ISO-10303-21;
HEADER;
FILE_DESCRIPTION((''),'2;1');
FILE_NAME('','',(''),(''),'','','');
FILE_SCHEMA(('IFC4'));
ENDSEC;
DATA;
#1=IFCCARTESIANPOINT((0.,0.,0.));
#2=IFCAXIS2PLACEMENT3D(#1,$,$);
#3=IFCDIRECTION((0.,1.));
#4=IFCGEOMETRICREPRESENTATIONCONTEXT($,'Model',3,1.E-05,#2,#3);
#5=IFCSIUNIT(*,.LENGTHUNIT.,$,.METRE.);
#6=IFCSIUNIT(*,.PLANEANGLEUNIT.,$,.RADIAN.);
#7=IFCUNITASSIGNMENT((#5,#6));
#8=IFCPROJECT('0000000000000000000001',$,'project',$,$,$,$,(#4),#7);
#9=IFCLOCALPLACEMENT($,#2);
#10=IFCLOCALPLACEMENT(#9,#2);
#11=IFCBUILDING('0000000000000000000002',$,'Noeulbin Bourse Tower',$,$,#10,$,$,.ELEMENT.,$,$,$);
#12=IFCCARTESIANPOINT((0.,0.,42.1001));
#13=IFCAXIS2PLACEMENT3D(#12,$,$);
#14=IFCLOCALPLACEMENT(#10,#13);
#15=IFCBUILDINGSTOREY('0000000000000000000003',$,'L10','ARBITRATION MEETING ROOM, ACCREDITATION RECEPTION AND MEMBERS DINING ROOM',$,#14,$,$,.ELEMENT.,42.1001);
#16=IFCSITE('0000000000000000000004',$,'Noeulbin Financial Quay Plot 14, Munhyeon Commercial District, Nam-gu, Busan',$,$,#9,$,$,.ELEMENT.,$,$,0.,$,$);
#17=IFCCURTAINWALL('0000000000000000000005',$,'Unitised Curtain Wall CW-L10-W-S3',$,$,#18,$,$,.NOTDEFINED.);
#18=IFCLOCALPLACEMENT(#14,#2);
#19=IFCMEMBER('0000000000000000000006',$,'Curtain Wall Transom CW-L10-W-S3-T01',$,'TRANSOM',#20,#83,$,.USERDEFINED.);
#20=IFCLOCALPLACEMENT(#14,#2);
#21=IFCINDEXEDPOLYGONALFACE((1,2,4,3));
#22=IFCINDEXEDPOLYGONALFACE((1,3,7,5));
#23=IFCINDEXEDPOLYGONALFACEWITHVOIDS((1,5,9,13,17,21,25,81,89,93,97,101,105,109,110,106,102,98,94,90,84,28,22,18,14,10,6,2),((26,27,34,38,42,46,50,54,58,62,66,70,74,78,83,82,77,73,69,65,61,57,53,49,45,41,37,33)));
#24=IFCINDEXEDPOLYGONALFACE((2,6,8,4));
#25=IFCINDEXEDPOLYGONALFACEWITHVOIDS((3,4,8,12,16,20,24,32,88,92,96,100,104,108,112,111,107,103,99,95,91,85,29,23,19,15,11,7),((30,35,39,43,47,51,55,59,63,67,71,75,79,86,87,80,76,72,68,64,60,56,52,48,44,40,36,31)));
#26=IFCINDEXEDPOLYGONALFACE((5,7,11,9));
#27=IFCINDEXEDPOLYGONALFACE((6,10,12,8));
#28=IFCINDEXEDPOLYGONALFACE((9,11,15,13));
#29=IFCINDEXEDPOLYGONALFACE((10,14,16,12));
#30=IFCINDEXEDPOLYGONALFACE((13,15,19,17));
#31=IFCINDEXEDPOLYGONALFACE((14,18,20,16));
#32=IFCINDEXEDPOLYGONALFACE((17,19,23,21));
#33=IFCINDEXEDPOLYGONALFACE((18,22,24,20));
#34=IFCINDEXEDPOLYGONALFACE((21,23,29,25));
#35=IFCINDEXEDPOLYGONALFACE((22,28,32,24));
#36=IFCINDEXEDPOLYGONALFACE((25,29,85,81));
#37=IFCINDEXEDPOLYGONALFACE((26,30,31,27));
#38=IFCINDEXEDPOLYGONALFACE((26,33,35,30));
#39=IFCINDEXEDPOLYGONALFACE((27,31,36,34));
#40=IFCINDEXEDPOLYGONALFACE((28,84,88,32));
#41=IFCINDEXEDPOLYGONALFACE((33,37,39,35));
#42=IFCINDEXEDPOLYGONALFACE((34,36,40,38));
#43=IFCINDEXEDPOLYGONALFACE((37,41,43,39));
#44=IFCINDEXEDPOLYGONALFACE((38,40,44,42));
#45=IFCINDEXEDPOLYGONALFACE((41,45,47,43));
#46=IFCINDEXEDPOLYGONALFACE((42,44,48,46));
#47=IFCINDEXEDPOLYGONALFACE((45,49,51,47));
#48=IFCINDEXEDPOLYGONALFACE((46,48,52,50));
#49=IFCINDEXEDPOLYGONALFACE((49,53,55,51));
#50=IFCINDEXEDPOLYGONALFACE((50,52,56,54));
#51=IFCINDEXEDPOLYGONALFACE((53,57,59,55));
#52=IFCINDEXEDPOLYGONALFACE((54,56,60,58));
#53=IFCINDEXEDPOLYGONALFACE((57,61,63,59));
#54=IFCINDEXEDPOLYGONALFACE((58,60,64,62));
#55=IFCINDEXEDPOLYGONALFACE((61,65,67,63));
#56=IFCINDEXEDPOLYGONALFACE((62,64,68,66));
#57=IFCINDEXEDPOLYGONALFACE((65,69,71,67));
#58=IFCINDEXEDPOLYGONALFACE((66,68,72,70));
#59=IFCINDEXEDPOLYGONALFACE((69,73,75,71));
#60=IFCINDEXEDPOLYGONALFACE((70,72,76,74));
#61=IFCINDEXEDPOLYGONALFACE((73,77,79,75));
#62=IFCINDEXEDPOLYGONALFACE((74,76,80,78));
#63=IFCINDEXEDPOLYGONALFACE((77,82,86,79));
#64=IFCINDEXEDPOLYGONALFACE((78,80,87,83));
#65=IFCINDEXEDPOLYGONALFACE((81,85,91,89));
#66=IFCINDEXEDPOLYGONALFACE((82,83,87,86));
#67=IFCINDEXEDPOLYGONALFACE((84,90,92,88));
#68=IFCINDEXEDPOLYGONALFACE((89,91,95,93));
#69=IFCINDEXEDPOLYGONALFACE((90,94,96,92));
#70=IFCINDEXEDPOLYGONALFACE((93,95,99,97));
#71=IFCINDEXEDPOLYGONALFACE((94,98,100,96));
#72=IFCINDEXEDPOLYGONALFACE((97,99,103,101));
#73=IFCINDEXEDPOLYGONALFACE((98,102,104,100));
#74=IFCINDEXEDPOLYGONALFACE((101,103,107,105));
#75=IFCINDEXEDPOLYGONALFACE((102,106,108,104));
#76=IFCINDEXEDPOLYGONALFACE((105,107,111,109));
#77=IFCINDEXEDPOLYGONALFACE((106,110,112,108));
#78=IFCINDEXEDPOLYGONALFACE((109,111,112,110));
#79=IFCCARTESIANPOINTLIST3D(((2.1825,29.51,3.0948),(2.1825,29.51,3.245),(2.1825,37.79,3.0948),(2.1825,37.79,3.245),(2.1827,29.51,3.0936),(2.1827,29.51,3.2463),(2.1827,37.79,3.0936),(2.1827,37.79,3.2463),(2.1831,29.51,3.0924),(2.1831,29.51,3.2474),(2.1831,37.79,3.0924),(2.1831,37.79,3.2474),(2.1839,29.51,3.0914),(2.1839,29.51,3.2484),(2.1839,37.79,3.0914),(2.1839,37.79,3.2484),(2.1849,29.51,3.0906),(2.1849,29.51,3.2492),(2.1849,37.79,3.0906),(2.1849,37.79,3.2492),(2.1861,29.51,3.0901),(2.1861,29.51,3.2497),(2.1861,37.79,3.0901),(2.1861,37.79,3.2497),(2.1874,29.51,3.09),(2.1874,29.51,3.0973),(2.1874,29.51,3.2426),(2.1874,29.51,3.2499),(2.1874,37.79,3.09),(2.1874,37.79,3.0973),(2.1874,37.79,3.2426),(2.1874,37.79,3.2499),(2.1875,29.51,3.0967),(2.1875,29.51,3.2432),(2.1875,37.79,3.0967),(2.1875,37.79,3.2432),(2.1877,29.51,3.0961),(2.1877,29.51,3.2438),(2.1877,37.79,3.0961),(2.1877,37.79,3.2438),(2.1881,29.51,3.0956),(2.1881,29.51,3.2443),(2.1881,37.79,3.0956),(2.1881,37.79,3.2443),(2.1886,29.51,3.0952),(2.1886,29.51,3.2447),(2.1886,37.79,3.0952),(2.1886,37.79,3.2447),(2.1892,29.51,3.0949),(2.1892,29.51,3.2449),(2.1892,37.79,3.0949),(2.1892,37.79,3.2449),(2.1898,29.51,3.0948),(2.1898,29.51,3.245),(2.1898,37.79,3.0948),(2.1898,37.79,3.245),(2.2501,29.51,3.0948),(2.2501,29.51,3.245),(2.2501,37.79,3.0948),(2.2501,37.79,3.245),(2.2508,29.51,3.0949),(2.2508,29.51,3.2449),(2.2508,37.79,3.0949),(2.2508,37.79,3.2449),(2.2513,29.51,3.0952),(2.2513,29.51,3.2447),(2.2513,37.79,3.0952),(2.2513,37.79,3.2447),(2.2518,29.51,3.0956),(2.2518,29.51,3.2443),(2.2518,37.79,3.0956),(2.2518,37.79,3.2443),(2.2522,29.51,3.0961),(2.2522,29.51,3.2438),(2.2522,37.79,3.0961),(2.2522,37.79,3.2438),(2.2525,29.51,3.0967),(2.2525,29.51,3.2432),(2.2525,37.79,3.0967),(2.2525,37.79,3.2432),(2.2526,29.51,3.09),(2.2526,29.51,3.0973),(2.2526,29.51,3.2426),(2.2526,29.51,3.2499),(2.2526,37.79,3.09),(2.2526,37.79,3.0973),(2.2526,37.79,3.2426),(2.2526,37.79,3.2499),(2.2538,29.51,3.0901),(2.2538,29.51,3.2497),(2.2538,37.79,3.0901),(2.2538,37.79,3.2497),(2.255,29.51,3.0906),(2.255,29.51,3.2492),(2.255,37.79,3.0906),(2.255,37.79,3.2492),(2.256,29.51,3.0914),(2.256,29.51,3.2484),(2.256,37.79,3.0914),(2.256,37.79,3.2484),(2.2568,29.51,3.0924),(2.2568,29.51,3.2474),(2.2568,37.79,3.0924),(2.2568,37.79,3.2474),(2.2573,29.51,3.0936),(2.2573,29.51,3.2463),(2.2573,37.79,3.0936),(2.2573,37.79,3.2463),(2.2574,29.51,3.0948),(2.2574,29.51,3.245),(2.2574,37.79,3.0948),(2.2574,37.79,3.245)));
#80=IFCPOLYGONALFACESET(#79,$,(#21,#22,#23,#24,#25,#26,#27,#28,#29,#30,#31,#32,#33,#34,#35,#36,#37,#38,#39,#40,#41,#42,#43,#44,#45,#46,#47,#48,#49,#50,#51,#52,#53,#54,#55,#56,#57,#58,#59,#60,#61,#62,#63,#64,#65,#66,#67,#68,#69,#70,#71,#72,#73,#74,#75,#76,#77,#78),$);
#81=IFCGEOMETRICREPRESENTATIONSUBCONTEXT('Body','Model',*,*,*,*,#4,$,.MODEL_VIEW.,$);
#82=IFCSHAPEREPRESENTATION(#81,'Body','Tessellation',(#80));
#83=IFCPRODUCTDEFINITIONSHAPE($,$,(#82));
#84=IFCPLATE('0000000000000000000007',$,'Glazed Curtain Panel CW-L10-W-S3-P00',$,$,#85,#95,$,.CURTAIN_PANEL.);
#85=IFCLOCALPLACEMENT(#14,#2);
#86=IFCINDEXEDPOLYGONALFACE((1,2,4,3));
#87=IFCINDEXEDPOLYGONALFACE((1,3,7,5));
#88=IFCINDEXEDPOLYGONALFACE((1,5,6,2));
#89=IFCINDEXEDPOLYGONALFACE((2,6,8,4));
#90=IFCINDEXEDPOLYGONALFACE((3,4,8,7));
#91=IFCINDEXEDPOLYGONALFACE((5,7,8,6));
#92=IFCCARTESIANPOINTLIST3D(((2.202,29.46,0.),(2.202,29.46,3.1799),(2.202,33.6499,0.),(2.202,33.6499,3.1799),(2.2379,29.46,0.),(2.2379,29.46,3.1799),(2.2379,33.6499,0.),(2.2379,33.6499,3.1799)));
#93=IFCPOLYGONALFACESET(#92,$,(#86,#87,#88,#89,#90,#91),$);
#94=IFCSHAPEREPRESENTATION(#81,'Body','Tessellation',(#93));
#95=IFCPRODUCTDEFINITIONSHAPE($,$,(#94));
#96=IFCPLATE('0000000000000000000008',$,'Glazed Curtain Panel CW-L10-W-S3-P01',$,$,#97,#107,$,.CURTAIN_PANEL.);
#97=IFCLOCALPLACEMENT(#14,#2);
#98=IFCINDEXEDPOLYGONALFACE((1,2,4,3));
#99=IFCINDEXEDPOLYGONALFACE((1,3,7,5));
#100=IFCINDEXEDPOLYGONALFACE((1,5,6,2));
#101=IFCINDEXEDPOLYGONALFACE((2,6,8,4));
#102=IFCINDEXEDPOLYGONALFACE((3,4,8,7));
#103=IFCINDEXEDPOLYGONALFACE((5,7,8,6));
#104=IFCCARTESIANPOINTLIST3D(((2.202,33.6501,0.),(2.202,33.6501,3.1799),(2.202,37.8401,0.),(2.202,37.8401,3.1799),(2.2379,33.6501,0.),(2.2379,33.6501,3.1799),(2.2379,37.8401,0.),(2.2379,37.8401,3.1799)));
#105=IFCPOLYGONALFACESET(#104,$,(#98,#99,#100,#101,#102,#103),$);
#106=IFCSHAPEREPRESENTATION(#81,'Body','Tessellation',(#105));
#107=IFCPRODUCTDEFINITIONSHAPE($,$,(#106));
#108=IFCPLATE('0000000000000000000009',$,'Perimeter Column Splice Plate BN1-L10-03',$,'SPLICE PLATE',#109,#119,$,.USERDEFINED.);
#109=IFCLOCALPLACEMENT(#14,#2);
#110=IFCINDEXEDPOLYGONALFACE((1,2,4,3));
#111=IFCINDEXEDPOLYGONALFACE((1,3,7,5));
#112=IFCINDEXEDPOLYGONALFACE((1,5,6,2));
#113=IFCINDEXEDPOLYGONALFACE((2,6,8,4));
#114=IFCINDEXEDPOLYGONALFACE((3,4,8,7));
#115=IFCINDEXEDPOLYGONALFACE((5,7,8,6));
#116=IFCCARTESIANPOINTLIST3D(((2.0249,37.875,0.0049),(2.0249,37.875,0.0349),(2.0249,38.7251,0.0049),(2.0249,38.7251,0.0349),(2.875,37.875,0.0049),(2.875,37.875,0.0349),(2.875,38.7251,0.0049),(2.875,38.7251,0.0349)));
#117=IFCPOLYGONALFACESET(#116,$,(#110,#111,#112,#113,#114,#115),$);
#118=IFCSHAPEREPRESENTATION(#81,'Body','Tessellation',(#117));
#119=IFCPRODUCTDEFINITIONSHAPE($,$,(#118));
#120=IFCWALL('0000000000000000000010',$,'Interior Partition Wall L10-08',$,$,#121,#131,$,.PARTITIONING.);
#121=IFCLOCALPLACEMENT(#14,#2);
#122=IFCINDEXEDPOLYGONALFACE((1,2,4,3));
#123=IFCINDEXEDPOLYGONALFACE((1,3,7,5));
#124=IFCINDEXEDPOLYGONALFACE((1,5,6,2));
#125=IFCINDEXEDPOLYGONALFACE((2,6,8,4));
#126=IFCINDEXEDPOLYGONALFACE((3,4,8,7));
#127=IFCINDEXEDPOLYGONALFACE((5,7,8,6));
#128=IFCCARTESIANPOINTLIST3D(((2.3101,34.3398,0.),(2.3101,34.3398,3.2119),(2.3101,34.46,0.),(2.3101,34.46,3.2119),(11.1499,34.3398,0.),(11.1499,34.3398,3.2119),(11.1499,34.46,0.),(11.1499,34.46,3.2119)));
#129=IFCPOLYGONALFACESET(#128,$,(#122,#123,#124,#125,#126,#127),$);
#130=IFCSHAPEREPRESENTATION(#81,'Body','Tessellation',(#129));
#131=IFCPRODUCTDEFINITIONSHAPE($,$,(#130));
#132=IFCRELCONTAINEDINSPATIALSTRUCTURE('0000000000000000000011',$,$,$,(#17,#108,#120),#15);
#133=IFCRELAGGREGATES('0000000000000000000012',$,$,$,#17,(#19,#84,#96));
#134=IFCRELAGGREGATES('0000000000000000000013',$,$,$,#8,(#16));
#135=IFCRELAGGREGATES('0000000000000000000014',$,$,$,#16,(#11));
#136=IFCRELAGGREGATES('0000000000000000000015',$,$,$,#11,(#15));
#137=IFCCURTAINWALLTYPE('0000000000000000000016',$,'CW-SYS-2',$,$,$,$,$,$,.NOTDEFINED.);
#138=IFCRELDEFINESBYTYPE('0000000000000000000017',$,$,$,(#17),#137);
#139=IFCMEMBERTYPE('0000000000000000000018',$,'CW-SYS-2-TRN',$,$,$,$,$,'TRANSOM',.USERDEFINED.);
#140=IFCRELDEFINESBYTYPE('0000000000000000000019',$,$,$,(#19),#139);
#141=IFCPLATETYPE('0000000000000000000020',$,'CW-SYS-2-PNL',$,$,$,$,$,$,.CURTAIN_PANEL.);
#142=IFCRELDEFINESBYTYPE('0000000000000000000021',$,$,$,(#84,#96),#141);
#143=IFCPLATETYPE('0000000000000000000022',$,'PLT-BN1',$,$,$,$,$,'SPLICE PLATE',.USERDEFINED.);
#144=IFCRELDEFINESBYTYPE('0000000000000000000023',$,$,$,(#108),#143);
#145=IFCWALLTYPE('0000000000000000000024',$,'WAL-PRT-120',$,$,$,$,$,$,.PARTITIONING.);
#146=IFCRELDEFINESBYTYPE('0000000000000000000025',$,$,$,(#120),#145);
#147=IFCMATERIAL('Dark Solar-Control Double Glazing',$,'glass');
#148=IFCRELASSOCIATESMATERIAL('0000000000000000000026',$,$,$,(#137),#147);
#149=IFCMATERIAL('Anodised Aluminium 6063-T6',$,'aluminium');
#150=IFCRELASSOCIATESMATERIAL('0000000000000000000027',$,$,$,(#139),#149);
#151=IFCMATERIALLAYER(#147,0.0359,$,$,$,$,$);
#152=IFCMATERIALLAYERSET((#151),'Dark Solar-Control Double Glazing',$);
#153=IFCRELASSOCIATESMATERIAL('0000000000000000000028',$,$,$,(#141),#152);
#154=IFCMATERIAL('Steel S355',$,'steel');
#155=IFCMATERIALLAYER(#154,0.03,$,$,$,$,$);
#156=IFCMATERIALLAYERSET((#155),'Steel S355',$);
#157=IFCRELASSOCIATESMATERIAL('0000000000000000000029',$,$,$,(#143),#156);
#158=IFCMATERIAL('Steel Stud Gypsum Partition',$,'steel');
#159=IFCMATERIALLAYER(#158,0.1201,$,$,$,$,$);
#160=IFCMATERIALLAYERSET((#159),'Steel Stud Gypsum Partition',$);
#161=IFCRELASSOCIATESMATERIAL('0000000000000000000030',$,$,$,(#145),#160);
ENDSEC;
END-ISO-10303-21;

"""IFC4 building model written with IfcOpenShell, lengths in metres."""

from ifc_helpers import new_model, si_unit, direction, frame, frame_2d, origin, origin_2d, place, context, subcontext, project, spatial, rectangle, hollow_rectangle, extrude, material, layer, layer_set, material_profile, profile_set, type_object, element, aggregate, save


model = new_model("IFC4")

# Units and contexts
model_context = context("Model", 3, precision=1e-05, world=origin(), true_north=direction((0.0, 1.0)))
body_context = subcontext(model_context, "Body", "Model", "MODEL_VIEW")
ifc_project = project(units=[si_unit("LENGTHUNIT", "METRE"), si_unit("PLANEANGLEUNIT", "RADIAN")], contexts=[model_context])

# Site, building, storey
site_placement = place(None, origin())
site = spatial("IfcSite", under=ifc_project, at=site_placement, Name="Noeulbin Financial Quay Plot 14, Munhyeon Commercial District, Nam-gu, Busan", CompositionType="ELEMENT", RefElevation=0.0)
building_placement = place(site_placement, origin())
building = spatial("IfcBuilding", under=site, at=building_placement, Name="Noeulbin Bourse Tower", CompositionType="ELEMENT")
storey_placement = place(building_placement, frame((0.0, 0.0, 42.1001)))
storey = spatial("IfcBuildingStorey", under=building, at=storey_placement, Name="L10", Description="ARBITRATION MEETING ROOM, ACCREDITATION RECEPTION AND MEMBERS DINING ROOM", CompositionType="ELEMENT", Elevation=42.1001)

# Shared definitions
ifc_material_1 = material(Name="Steel S355", Category="steel")

# Curtain wall, member, plates
ifc_material_2 = material(Name="Dark Solar-Control Double Glazing", Category="glass")
curtain_wall_type = type_object("IfcCurtainWallType", Name="CW-SYS-2", PredefinedType="NOTDEFINED", material=ifc_material_2)
curtain_wall_placement = place(storey_placement, origin())
curtain_wall = element("IfcCurtainWall", 1, at=curtain_wall_placement, inside=storey, type_object=curtain_wall_type, Name="Unitised Curtain Wall CW-L10-W-S3", PredefinedType="NOTDEFINED")
ifc_material_3 = material(Name="Anodised Aluminium 6063-T6", Category="aluminium")
ifc_material_profile_1 = material_profile(ifc_material_3, hollow_rectangle(XDim=0.075, YDim=0.1599, WallThickness=0.0049, InnerFilletRadius=0.0024, OuterFilletRadius=0.0049, at=origin_2d()), Name="ALU-TRAN-75x160x5", Category="LoadBearing")
ifc_profile_set_1 = profile_set([ifc_material_profile_1], Name="Anodised Aluminium 6063-T6")
member_type_1 = type_object("IfcMemberType", Name="CW-SYS-2-TRN", ElementType="TRANSOM", PredefinedType="USERDEFINED", material=ifc_profile_set_1)
member_1_placement = place(storey_placement, frame((2.22, 29.51, 3.1699), z_axis=(0.0, 1.0, 0.0), x_axis=(-1.0, 0.0, 0.0)))
member_1 = element("IfcMember", 2, at=member_1_placement, type_object=member_type_1, Name="Curtain Wall Transom CW-L10-W-S3-T01", ObjectType="TRANSOM", PredefinedType="USERDEFINED", context=body_context, shape_type="SweptSolid", body=[
    extrude(hollow_rectangle(XDim=0.075, YDim=0.1599, WallThickness=0.0049, InnerFilletRadius=0.0024, OuterFilletRadius=0.0049, at=origin_2d()), origin(), (0.0, 0.0, 1.0), 8.28),
])
ifc_layer_1 = layer(ifc_material_2, 0.0359)
ifc_layer_set_1 = layer_set([ifc_layer_1], Name="Dark Solar-Control Double Glazing")
plate_type_1 = type_object("IfcPlateType", Name="CW-SYS-2-PNL", PredefinedType="CURTAIN_PANEL", material=ifc_layer_set_1)
plate_1_placement = place(storey_placement, frame((2.22, 31.5549, 0.0), z_axis=(0.0, 0.0, 1.0), x_axis=(0.0, 1.0, 0.0)))
plate_1 = element("IfcPlate", 3, at=plate_1_placement, type_object=plate_type_1, Name="Glazed Curtain Panel CW-L10-W-S3-P00", PredefinedType="CURTAIN_PANEL", context=body_context, shape_type="SweptSolid", body=[
    extrude(rectangle(XDim=4.1899, YDim=0.0359, at=origin_2d()), origin(), (0.0, 0.0, 1.0), 3.1799),
])
plate_2_placement = place(storey_placement, frame((2.22, 35.7451, 0.0), z_axis=(0.0, 0.0, 1.0), x_axis=(0.0, 1.0, 0.0)))
plate_2 = element("IfcPlate", 4, at=plate_2_placement, type_object=plate_type_1, Name="Glazed Curtain Panel CW-L10-W-S3-P01", PredefinedType="CURTAIN_PANEL", context=body_context, shape_type="SweptSolid", body=[
    extrude(rectangle(XDim=4.1899, YDim=0.0359, at=origin_2d()), origin(), (0.0, 0.0, 1.0), 3.1799),
])
aggregate(curtain_wall, [member_1, plate_1, plate_2])

# Plate
ifc_layer_2 = layer(ifc_material_1, 0.03)
ifc_layer_set_2 = layer_set([ifc_layer_2], Name="Steel S355")
plate_type_2 = type_object("IfcPlateType", Name="PLT-BN1", ElementType="SPLICE PLATE", PredefinedType="USERDEFINED", material=ifc_layer_set_2)
plate_3_placement = place(storey_placement, frame((2.45, 38.3, 0.0049), z_axis=(0.0, 0.0, 1.0), x_axis=(1.0, 0.0, 0.0)))
element("IfcPlate", 5, at=plate_3_placement, inside=storey, type_object=plate_type_2, Name="Perimeter Column Splice Plate BN1-L10-03", ObjectType="SPLICE PLATE", PredefinedType="USERDEFINED", context=body_context, shape_type="SweptSolid", body=[
    extrude(rectangle(XDim=0.8501, YDim=0.8501, at=origin_2d()), origin(), (0.0, 0.0, 1.0), 0.03),
])

# Wall
ifc_material_4 = material(Name="Steel Stud Gypsum Partition", Category="steel")
ifc_layer_3 = layer(ifc_material_4, 0.1201)
ifc_layer_set_3 = layer_set([ifc_layer_3], Name="Steel Stud Gypsum Partition")
wall_type = type_object("IfcWallType", Name="WAL-PRT-120", PredefinedType="PARTITIONING", material=ifc_layer_set_3)
wall_placement = place(storey_placement, frame((2.3101, 34.3999, 0.0), z_axis=(0.0, 0.0, 1.0), x_axis=(1.0, 0.0, 0.0)))
element("IfcWall", 6, at=wall_placement, inside=storey, type_object=wall_type, Name="Interior Partition Wall L10-08", PredefinedType="PARTITIONING", context=body_context, shape_type="SweptSolid", body=[
    extrude(rectangle(XDim=8.8398, YDim=0.1201, at=frame_2d((4.4199, 0.0))), origin(), (0.0, 0.0, 1.0), 3.2119),
])

save(model, "model.ifc")
